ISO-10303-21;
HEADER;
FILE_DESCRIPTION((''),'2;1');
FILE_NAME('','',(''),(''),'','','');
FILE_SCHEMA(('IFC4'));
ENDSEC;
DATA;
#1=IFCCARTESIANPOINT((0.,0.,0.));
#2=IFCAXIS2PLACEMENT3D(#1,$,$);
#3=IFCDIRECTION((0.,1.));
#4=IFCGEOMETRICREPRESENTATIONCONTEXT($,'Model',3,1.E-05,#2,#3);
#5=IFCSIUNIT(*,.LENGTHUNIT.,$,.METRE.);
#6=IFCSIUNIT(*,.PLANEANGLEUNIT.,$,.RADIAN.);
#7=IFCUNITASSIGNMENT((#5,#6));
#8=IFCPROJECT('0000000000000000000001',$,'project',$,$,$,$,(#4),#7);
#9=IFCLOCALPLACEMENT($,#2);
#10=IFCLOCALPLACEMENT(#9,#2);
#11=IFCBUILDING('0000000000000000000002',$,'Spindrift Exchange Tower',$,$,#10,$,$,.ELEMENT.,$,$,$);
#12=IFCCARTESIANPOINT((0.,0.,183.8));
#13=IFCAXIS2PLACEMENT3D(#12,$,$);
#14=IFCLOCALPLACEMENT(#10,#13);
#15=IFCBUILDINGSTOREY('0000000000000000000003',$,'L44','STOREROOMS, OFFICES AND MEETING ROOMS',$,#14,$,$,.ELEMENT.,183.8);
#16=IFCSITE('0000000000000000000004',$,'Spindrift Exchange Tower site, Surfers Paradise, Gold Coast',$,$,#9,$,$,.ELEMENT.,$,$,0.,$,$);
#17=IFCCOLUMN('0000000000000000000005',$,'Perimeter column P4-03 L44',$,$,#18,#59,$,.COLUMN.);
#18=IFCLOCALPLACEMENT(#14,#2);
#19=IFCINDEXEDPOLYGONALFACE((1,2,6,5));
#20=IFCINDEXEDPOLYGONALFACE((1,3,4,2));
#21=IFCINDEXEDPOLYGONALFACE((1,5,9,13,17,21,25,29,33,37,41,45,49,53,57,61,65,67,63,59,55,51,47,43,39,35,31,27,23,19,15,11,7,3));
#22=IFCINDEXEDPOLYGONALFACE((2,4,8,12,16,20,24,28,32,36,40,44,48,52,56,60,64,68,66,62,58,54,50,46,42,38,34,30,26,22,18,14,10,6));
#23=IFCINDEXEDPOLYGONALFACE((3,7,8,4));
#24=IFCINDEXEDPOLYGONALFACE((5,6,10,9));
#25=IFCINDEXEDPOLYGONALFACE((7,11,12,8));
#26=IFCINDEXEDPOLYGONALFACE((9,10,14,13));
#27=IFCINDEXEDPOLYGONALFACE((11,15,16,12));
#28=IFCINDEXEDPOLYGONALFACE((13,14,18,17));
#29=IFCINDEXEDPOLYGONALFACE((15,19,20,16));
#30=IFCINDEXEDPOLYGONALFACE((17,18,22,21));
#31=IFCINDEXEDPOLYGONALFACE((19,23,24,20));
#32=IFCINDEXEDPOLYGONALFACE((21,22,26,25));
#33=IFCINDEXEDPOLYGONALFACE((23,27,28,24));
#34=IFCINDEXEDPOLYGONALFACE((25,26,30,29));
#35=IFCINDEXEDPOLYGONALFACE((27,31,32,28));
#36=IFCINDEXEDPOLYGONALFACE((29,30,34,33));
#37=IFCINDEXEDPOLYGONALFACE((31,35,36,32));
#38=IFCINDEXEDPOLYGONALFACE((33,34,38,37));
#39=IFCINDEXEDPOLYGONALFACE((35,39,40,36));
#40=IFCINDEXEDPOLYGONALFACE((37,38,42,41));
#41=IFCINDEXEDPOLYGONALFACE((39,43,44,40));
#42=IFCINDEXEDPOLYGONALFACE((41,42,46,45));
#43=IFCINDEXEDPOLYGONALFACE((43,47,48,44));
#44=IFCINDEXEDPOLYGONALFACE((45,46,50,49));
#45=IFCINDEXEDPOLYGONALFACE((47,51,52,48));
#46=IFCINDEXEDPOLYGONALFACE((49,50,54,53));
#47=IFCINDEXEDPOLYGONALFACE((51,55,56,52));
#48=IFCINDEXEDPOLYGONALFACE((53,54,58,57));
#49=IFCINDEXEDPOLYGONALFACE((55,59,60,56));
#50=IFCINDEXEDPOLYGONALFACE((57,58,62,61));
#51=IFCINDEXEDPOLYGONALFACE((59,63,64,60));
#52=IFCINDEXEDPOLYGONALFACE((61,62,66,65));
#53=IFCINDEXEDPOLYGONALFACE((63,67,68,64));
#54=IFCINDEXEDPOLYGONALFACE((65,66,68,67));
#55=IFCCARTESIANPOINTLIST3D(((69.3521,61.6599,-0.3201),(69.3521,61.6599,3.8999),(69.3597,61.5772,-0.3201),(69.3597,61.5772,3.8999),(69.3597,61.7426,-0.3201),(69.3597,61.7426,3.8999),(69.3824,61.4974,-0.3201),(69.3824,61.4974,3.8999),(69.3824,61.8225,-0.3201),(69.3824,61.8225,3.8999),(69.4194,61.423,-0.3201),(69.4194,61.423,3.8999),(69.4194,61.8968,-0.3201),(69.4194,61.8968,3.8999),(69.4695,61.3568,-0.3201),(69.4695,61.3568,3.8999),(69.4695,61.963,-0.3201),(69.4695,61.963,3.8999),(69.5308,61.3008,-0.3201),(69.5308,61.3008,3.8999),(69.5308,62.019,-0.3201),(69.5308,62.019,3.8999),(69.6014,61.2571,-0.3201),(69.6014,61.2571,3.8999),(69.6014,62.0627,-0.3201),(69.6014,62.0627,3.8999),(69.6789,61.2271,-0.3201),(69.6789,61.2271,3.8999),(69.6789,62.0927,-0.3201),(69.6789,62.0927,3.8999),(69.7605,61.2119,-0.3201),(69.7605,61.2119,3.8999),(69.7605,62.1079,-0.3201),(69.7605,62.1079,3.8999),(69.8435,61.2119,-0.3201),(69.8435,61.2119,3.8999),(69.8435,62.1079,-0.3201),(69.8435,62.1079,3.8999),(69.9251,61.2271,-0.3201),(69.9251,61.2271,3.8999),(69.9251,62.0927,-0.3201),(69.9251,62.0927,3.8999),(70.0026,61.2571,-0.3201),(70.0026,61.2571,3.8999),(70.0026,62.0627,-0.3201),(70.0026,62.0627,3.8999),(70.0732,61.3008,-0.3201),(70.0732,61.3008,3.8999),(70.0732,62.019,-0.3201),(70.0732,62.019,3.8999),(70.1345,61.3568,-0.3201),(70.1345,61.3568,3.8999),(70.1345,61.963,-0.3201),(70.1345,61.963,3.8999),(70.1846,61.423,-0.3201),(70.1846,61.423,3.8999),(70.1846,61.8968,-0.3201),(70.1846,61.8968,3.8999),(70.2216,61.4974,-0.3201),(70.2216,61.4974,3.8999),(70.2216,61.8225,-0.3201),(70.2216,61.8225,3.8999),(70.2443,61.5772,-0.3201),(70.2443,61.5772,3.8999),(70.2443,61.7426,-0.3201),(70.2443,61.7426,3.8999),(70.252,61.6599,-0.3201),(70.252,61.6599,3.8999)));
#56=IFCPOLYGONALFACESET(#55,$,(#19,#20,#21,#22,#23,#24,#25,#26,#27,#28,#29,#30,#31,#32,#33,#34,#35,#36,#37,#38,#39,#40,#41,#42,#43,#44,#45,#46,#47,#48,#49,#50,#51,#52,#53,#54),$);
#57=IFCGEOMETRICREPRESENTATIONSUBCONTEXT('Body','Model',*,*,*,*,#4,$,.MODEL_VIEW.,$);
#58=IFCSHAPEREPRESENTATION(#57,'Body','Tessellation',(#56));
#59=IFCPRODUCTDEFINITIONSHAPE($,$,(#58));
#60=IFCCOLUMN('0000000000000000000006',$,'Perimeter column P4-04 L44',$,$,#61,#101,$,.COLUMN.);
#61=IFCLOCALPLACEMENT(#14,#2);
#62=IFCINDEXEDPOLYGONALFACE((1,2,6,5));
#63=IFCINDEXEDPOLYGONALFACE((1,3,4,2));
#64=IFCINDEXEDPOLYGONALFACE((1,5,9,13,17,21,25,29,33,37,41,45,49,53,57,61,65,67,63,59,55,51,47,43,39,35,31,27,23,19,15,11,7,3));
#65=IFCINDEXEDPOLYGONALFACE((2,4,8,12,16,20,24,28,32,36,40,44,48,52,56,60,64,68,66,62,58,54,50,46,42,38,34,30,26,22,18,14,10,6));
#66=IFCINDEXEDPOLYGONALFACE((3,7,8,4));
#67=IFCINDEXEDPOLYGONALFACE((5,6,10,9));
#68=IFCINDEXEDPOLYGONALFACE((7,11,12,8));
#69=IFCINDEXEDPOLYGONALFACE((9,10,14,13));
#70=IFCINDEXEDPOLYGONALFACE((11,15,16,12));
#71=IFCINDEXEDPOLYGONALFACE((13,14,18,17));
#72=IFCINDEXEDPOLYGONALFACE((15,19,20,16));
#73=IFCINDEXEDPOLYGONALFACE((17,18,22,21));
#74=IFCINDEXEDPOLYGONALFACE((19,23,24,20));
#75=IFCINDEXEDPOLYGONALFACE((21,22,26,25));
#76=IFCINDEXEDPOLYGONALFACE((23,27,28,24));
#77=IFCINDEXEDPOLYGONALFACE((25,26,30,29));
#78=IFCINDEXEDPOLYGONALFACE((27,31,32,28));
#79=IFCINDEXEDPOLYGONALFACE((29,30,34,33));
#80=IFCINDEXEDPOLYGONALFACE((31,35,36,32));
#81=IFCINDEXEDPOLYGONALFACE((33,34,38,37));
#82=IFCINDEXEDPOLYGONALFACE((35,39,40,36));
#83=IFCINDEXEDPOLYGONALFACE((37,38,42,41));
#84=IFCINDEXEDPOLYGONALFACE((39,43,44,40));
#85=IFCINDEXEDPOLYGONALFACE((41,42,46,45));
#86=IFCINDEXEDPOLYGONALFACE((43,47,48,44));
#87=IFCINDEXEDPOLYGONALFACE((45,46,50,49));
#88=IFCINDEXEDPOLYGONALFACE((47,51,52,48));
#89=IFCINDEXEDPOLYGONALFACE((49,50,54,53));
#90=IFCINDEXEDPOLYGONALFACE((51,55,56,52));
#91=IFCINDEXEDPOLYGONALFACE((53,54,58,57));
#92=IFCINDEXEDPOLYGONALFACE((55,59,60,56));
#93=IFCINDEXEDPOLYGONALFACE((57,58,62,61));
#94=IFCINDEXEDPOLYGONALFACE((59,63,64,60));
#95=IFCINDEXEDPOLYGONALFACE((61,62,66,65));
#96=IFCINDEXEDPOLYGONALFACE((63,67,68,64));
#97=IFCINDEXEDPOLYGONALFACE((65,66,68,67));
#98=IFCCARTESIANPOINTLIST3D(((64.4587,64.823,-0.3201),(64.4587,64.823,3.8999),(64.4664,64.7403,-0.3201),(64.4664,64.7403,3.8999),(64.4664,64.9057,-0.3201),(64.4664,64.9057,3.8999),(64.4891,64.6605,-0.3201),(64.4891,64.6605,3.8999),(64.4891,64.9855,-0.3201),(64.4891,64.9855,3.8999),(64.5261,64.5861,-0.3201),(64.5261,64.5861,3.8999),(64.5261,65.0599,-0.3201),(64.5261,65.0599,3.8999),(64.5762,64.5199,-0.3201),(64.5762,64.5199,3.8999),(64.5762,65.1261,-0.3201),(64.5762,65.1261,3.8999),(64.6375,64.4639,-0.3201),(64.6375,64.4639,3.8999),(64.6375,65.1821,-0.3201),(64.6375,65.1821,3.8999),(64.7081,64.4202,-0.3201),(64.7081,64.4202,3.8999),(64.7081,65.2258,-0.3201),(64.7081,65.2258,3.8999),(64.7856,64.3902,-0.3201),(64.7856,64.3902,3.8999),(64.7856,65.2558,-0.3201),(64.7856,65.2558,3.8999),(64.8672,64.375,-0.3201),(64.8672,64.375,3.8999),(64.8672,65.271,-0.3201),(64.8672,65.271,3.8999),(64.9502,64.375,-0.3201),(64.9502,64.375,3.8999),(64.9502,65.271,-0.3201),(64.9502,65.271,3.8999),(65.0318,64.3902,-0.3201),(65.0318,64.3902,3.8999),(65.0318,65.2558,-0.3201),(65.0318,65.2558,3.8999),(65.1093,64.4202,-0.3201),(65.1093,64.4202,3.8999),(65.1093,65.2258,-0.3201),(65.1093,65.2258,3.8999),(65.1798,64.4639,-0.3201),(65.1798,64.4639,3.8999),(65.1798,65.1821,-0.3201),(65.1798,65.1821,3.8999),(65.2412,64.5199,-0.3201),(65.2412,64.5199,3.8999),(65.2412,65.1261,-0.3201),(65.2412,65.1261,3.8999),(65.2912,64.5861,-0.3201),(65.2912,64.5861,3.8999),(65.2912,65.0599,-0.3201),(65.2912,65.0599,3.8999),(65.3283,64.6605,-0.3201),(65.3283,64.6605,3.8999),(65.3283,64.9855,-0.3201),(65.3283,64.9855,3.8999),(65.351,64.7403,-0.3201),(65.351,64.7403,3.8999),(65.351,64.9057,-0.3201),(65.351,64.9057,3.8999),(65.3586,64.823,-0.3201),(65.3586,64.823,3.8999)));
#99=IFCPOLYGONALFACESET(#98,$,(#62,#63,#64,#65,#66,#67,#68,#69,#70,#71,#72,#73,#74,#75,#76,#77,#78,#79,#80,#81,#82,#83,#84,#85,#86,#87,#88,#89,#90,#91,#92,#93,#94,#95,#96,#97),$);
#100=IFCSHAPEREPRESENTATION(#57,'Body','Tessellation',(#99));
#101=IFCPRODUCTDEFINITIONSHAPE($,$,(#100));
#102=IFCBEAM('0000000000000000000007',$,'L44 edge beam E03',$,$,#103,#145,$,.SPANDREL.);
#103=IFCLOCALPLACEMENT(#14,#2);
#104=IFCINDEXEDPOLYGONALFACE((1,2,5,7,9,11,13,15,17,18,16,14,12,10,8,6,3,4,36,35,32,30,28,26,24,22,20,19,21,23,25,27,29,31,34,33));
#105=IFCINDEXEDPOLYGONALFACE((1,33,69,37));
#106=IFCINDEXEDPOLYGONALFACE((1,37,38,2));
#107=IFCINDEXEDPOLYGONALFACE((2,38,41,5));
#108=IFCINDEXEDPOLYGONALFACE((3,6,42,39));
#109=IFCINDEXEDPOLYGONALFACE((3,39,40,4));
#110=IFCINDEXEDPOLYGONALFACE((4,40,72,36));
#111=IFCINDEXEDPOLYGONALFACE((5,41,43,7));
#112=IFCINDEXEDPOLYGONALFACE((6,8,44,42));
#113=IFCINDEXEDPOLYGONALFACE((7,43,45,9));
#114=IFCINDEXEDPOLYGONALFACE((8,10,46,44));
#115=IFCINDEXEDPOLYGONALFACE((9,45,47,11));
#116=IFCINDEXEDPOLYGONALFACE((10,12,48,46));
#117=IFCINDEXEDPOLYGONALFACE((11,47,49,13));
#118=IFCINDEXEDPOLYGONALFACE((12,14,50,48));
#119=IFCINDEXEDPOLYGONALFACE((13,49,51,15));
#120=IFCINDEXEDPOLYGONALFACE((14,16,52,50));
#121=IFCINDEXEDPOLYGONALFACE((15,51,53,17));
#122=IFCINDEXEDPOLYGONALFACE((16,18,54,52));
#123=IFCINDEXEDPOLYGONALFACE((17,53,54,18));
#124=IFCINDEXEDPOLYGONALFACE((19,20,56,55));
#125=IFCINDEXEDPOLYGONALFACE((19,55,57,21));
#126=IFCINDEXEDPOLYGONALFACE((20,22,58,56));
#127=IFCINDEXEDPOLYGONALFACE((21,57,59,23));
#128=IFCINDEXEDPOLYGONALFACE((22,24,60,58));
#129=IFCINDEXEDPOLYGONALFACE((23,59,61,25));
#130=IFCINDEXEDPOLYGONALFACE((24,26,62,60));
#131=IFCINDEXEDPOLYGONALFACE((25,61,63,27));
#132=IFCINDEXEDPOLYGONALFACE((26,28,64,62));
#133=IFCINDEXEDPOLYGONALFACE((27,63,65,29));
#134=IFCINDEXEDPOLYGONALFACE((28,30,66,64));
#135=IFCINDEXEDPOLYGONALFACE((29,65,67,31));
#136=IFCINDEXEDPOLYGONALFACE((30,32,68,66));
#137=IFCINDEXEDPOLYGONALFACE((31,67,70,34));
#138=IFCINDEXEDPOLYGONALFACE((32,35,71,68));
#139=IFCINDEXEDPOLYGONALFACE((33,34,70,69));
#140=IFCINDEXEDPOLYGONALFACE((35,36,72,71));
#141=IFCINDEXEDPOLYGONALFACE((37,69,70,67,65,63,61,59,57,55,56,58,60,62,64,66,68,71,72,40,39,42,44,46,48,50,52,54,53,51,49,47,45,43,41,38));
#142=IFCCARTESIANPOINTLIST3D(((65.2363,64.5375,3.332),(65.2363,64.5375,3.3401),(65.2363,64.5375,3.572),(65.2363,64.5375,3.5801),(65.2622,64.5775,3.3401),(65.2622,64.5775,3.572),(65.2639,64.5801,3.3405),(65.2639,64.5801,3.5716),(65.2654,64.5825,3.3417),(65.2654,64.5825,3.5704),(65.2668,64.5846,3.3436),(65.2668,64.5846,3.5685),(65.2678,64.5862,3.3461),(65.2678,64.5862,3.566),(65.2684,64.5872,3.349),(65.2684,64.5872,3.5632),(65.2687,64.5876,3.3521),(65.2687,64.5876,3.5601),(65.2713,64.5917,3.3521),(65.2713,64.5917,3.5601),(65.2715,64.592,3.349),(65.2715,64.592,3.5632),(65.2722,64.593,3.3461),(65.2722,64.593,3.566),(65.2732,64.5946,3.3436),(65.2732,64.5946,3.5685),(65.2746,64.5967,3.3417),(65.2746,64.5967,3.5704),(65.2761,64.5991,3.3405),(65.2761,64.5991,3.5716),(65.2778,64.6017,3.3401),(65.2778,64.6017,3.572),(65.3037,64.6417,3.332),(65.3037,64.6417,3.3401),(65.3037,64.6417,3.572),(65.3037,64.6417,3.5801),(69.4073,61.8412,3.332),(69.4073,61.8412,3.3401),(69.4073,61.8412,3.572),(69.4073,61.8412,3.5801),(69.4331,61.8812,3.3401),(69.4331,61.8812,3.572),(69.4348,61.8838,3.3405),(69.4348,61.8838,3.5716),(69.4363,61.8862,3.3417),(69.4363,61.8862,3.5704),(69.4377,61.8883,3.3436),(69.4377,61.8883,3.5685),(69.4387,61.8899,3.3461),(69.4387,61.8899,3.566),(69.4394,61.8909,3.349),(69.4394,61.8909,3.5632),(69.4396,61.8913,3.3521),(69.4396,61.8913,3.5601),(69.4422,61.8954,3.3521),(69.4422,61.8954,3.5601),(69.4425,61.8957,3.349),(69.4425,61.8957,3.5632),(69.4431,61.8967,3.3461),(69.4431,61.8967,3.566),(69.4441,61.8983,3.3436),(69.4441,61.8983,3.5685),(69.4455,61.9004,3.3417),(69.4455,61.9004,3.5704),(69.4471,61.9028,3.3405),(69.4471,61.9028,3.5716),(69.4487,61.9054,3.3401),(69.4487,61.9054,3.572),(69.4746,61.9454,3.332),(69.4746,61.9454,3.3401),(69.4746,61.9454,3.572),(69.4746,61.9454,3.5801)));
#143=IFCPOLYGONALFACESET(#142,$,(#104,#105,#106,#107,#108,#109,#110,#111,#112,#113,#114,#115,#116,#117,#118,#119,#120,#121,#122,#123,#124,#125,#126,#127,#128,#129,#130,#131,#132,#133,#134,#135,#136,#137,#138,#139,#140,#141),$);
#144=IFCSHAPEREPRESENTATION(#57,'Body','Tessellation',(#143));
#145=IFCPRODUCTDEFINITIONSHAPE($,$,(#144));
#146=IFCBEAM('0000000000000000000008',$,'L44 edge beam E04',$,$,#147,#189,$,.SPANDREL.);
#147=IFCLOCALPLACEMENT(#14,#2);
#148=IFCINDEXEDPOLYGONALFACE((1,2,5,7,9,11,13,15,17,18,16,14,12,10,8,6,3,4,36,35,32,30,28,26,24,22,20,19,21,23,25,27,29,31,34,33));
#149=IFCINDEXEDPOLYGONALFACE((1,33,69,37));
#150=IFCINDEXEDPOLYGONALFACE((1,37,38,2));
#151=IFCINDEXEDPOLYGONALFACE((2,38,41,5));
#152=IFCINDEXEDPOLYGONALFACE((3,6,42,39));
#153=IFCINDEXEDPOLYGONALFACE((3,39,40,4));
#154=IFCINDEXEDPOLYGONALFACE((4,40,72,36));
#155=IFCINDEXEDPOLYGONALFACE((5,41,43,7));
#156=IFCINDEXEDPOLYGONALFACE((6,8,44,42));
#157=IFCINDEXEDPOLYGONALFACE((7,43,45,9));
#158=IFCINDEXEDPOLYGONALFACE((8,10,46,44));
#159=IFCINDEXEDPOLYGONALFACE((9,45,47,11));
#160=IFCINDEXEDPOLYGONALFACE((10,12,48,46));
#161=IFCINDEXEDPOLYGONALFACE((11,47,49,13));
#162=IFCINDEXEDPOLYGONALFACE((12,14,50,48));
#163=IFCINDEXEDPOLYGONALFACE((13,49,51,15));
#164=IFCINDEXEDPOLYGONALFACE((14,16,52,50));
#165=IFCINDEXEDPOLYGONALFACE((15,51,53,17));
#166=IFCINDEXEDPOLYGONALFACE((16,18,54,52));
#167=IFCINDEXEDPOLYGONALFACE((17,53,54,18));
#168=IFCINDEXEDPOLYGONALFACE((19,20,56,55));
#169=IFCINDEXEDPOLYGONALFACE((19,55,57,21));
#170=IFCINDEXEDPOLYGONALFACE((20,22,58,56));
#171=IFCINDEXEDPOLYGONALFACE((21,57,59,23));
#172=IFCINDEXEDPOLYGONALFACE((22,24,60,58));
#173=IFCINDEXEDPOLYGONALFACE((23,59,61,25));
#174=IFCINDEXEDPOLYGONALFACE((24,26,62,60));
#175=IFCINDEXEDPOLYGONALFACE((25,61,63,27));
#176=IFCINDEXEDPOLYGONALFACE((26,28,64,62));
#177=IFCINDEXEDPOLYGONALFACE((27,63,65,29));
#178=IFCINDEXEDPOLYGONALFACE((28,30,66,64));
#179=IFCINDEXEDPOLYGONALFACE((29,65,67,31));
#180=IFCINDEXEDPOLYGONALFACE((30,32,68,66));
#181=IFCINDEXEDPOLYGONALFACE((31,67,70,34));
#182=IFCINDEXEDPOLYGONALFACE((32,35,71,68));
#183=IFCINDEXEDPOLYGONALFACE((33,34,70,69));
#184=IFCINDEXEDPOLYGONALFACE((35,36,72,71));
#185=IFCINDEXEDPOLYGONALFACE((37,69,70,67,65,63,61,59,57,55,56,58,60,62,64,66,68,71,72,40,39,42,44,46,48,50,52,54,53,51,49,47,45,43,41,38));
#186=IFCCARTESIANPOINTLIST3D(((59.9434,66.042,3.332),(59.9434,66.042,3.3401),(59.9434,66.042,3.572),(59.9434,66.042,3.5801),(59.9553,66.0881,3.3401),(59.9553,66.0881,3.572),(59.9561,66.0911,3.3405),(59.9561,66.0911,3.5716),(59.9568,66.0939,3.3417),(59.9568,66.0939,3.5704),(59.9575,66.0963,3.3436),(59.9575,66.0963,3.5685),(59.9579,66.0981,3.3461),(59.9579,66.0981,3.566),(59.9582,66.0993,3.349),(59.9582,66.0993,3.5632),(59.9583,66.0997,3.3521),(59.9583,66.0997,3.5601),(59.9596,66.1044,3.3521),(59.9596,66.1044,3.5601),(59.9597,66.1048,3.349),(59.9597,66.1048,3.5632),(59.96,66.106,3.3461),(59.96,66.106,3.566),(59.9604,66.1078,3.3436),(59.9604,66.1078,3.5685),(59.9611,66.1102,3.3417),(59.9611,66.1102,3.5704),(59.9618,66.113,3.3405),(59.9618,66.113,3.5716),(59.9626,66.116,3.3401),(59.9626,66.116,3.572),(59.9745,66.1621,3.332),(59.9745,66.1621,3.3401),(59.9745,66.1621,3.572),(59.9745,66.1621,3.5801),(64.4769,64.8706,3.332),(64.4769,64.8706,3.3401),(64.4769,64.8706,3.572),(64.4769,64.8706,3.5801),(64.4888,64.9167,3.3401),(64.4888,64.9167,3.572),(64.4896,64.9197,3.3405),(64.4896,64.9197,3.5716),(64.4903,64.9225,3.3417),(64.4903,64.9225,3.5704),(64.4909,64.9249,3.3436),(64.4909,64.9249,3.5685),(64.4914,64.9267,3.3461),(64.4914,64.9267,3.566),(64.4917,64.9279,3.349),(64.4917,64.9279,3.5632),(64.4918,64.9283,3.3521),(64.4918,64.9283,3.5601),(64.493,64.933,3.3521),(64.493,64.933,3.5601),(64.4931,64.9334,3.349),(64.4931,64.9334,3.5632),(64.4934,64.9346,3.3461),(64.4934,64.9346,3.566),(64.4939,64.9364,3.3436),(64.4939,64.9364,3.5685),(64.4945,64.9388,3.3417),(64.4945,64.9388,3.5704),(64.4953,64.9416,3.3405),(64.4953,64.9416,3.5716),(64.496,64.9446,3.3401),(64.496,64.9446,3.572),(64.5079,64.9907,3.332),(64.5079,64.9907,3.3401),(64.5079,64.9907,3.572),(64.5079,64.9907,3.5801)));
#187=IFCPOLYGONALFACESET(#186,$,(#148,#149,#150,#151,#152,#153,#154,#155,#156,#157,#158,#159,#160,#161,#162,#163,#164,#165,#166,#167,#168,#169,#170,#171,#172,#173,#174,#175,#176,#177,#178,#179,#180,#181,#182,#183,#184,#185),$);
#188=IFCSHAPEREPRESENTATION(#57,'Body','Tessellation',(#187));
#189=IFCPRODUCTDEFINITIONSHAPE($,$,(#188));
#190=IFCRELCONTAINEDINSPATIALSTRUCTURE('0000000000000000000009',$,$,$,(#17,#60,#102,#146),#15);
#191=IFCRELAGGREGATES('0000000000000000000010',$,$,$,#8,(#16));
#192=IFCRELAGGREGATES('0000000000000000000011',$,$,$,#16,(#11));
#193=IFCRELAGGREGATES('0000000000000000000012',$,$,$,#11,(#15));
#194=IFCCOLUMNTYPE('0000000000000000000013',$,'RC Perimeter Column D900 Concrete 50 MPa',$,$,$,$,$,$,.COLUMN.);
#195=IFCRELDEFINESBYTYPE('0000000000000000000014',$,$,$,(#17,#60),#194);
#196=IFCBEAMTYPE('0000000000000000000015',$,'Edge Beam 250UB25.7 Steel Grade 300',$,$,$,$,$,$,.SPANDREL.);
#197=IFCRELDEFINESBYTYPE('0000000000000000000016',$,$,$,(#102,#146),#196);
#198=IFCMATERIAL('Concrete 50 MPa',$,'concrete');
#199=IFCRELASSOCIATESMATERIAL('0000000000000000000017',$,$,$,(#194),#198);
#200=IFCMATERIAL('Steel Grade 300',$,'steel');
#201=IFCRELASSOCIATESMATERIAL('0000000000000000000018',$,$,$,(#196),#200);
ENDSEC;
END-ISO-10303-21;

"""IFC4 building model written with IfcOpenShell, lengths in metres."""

from ifc_helpers import new_model, si_unit, direction, frame, origin, origin_2d, place, context, subcontext, project, spatial, circle, i_section, extrude, source, transform, mapped, material, material_profile, profile_set, type_object, element, save


model = new_model("IFC4")

# Units and contexts
model_context = context("Model", 3, precision=1e-05, world=origin(), true_north=direction((0.0, 1.0)))
body_context = subcontext(model_context, "Body", "Model", "MODEL_VIEW")
ifc_project = project(units=[si_unit("LENGTHUNIT", "METRE"), si_unit("PLANEANGLEUNIT", "RADIAN")], contexts=[model_context])

# Site, building, storey
site_placement = place(None, origin())
site = spatial("IfcSite", under=ifc_project, at=site_placement, Name="Spindrift Exchange Tower site, Surfers Paradise, Gold Coast", CompositionType="ELEMENT", RefElevation=0.0)
building_placement = place(site_placement, origin())
building = spatial("IfcBuilding", under=site, at=building_placement, Name="Spindrift Exchange Tower", CompositionType="ELEMENT")
storey_placement = place(building_placement, frame((0.0, 0.0, 183.8)))
storey = spatial("IfcBuildingStorey", under=building, at=storey_placement, Name="L44", Description="STOREROOMS, OFFICES AND MEETING ROOMS", CompositionType="ELEMENT", Elevation=183.8)

# Columns
ifc_material_1 = material(Name="Concrete 50 MPa", Category="concrete")
ifc_material_profile_1 = material_profile(ifc_material_1, circle(Radius=0.45, at=origin_2d()), Name="RC D900")
ifc_profile_set_1 = profile_set([ifc_material_profile_1], Name="Concrete 50 MPa")
column_type = type_object("IfcColumnType", Name="RC Perimeter Column D900 Concrete 50 MPa", PredefinedType="COLUMN", material=ifc_profile_set_1)
shared_shape_1 = source(origin(), body_context, "Body", "SweptSolid", [
    extrude(circle(Radius=0.45, at=origin_2d()), origin(), (0.0, 0.0, 1.0), 4.22),
])
for number, where, z_axis, x_axis, name in (
    (1, (69.802, 61.6599, -0.3201), (0.0, 0.0, 1.0), (1.0, 0.0, 0.0), "Perimeter column P4-03 L44"),
    (2, (64.9087, 64.823, -0.3201), (0.0, 0.0, 1.0), (1.0, 0.0, 0.0), "Perimeter column P4-04 L44"),
):
    element("IfcColumn", number, at=place(storey_placement, frame(where, z_axis=z_axis, x_axis=x_axis)), inside=storey, type_object=column_type, Name=name, PredefinedType="COLUMN", context=body_context, shape_type="MappedRepresentation", body=[
        mapped(shared_shape_1, transform((0.0, 0.0, 0.0), scale=1.0)),
    ])

# Beams
ifc_material_2 = material(Name="Steel Grade 300", Category="steel")
ifc_material_profile_2 = material_profile(ifc_material_2, i_section(OverallWidth=0.124, OverallDepth=0.248, WebThickness=0.0049, FlangeThickness=0.0081, FilletRadius=0.012, at=origin_2d()), Name="250UB25.7")
ifc_profile_set_2 = profile_set([ifc_material_profile_2], Name="Steel Grade 300")
beam_type = type_object("IfcBeamType", Name="Edge Beam 250UB25.7 Steel Grade 300", PredefinedType="SPANDREL", material=ifc_profile_set_2)
shared_shape_2 = source(origin(), body_context, "Body", "SweptSolid", [
    extrude(i_section(OverallWidth=0.124, OverallDepth=0.248, WebThickness=0.0049, FlangeThickness=0.0081, FilletRadius=0.012, at=origin_2d()), origin(), (0.0, 0.0, 1.0), 4.9666),
])
beam_1_placement = place(storey_placement, frame((69.4409, 61.8933, 3.4561), z_axis=(-0.839802, 0.542893, 0.0), x_axis=(-0.542893, -0.839802, 0.0)))
element("IfcBeam", 3, at=beam_1_placement, inside=storey, type_object=beam_type, Name="L44 edge beam E03", PredefinedType="SPANDREL", context=body_context, shape_type="MappedRepresentation", body=[
    mapped(shared_shape_2, transform((0.0, 0.0, 0.0), scale=1.0)),
])
shared_shape_3 = source(origin(), body_context, "Body", "SweptSolid", [
    extrude(i_section(OverallWidth=0.124, OverallDepth=0.248, WebThickness=0.0049, FlangeThickness=0.0081, FilletRadius=0.012, at=origin_2d()), origin(), (0.0, 0.0, 1.0), 4.6824),
])
beam_2_placement = place(storey_placement, frame((64.4924, 64.9307, 3.4561), z_axis=(-0.968202, 0.250171, 0.0), x_axis=(-0.250171, -0.968202, 0.0)))
element("IfcBeam", 4, at=beam_2_placement, inside=storey, type_object=beam_type, Name="L44 edge beam E04", PredefinedType="SPANDREL", context=body_context, shape_type="MappedRepresentation", body=[
    mapped(shared_shape_3, transform((0.0, 0.0, 0.0), scale=1.0)),
])

save(model, "model.ifc")
